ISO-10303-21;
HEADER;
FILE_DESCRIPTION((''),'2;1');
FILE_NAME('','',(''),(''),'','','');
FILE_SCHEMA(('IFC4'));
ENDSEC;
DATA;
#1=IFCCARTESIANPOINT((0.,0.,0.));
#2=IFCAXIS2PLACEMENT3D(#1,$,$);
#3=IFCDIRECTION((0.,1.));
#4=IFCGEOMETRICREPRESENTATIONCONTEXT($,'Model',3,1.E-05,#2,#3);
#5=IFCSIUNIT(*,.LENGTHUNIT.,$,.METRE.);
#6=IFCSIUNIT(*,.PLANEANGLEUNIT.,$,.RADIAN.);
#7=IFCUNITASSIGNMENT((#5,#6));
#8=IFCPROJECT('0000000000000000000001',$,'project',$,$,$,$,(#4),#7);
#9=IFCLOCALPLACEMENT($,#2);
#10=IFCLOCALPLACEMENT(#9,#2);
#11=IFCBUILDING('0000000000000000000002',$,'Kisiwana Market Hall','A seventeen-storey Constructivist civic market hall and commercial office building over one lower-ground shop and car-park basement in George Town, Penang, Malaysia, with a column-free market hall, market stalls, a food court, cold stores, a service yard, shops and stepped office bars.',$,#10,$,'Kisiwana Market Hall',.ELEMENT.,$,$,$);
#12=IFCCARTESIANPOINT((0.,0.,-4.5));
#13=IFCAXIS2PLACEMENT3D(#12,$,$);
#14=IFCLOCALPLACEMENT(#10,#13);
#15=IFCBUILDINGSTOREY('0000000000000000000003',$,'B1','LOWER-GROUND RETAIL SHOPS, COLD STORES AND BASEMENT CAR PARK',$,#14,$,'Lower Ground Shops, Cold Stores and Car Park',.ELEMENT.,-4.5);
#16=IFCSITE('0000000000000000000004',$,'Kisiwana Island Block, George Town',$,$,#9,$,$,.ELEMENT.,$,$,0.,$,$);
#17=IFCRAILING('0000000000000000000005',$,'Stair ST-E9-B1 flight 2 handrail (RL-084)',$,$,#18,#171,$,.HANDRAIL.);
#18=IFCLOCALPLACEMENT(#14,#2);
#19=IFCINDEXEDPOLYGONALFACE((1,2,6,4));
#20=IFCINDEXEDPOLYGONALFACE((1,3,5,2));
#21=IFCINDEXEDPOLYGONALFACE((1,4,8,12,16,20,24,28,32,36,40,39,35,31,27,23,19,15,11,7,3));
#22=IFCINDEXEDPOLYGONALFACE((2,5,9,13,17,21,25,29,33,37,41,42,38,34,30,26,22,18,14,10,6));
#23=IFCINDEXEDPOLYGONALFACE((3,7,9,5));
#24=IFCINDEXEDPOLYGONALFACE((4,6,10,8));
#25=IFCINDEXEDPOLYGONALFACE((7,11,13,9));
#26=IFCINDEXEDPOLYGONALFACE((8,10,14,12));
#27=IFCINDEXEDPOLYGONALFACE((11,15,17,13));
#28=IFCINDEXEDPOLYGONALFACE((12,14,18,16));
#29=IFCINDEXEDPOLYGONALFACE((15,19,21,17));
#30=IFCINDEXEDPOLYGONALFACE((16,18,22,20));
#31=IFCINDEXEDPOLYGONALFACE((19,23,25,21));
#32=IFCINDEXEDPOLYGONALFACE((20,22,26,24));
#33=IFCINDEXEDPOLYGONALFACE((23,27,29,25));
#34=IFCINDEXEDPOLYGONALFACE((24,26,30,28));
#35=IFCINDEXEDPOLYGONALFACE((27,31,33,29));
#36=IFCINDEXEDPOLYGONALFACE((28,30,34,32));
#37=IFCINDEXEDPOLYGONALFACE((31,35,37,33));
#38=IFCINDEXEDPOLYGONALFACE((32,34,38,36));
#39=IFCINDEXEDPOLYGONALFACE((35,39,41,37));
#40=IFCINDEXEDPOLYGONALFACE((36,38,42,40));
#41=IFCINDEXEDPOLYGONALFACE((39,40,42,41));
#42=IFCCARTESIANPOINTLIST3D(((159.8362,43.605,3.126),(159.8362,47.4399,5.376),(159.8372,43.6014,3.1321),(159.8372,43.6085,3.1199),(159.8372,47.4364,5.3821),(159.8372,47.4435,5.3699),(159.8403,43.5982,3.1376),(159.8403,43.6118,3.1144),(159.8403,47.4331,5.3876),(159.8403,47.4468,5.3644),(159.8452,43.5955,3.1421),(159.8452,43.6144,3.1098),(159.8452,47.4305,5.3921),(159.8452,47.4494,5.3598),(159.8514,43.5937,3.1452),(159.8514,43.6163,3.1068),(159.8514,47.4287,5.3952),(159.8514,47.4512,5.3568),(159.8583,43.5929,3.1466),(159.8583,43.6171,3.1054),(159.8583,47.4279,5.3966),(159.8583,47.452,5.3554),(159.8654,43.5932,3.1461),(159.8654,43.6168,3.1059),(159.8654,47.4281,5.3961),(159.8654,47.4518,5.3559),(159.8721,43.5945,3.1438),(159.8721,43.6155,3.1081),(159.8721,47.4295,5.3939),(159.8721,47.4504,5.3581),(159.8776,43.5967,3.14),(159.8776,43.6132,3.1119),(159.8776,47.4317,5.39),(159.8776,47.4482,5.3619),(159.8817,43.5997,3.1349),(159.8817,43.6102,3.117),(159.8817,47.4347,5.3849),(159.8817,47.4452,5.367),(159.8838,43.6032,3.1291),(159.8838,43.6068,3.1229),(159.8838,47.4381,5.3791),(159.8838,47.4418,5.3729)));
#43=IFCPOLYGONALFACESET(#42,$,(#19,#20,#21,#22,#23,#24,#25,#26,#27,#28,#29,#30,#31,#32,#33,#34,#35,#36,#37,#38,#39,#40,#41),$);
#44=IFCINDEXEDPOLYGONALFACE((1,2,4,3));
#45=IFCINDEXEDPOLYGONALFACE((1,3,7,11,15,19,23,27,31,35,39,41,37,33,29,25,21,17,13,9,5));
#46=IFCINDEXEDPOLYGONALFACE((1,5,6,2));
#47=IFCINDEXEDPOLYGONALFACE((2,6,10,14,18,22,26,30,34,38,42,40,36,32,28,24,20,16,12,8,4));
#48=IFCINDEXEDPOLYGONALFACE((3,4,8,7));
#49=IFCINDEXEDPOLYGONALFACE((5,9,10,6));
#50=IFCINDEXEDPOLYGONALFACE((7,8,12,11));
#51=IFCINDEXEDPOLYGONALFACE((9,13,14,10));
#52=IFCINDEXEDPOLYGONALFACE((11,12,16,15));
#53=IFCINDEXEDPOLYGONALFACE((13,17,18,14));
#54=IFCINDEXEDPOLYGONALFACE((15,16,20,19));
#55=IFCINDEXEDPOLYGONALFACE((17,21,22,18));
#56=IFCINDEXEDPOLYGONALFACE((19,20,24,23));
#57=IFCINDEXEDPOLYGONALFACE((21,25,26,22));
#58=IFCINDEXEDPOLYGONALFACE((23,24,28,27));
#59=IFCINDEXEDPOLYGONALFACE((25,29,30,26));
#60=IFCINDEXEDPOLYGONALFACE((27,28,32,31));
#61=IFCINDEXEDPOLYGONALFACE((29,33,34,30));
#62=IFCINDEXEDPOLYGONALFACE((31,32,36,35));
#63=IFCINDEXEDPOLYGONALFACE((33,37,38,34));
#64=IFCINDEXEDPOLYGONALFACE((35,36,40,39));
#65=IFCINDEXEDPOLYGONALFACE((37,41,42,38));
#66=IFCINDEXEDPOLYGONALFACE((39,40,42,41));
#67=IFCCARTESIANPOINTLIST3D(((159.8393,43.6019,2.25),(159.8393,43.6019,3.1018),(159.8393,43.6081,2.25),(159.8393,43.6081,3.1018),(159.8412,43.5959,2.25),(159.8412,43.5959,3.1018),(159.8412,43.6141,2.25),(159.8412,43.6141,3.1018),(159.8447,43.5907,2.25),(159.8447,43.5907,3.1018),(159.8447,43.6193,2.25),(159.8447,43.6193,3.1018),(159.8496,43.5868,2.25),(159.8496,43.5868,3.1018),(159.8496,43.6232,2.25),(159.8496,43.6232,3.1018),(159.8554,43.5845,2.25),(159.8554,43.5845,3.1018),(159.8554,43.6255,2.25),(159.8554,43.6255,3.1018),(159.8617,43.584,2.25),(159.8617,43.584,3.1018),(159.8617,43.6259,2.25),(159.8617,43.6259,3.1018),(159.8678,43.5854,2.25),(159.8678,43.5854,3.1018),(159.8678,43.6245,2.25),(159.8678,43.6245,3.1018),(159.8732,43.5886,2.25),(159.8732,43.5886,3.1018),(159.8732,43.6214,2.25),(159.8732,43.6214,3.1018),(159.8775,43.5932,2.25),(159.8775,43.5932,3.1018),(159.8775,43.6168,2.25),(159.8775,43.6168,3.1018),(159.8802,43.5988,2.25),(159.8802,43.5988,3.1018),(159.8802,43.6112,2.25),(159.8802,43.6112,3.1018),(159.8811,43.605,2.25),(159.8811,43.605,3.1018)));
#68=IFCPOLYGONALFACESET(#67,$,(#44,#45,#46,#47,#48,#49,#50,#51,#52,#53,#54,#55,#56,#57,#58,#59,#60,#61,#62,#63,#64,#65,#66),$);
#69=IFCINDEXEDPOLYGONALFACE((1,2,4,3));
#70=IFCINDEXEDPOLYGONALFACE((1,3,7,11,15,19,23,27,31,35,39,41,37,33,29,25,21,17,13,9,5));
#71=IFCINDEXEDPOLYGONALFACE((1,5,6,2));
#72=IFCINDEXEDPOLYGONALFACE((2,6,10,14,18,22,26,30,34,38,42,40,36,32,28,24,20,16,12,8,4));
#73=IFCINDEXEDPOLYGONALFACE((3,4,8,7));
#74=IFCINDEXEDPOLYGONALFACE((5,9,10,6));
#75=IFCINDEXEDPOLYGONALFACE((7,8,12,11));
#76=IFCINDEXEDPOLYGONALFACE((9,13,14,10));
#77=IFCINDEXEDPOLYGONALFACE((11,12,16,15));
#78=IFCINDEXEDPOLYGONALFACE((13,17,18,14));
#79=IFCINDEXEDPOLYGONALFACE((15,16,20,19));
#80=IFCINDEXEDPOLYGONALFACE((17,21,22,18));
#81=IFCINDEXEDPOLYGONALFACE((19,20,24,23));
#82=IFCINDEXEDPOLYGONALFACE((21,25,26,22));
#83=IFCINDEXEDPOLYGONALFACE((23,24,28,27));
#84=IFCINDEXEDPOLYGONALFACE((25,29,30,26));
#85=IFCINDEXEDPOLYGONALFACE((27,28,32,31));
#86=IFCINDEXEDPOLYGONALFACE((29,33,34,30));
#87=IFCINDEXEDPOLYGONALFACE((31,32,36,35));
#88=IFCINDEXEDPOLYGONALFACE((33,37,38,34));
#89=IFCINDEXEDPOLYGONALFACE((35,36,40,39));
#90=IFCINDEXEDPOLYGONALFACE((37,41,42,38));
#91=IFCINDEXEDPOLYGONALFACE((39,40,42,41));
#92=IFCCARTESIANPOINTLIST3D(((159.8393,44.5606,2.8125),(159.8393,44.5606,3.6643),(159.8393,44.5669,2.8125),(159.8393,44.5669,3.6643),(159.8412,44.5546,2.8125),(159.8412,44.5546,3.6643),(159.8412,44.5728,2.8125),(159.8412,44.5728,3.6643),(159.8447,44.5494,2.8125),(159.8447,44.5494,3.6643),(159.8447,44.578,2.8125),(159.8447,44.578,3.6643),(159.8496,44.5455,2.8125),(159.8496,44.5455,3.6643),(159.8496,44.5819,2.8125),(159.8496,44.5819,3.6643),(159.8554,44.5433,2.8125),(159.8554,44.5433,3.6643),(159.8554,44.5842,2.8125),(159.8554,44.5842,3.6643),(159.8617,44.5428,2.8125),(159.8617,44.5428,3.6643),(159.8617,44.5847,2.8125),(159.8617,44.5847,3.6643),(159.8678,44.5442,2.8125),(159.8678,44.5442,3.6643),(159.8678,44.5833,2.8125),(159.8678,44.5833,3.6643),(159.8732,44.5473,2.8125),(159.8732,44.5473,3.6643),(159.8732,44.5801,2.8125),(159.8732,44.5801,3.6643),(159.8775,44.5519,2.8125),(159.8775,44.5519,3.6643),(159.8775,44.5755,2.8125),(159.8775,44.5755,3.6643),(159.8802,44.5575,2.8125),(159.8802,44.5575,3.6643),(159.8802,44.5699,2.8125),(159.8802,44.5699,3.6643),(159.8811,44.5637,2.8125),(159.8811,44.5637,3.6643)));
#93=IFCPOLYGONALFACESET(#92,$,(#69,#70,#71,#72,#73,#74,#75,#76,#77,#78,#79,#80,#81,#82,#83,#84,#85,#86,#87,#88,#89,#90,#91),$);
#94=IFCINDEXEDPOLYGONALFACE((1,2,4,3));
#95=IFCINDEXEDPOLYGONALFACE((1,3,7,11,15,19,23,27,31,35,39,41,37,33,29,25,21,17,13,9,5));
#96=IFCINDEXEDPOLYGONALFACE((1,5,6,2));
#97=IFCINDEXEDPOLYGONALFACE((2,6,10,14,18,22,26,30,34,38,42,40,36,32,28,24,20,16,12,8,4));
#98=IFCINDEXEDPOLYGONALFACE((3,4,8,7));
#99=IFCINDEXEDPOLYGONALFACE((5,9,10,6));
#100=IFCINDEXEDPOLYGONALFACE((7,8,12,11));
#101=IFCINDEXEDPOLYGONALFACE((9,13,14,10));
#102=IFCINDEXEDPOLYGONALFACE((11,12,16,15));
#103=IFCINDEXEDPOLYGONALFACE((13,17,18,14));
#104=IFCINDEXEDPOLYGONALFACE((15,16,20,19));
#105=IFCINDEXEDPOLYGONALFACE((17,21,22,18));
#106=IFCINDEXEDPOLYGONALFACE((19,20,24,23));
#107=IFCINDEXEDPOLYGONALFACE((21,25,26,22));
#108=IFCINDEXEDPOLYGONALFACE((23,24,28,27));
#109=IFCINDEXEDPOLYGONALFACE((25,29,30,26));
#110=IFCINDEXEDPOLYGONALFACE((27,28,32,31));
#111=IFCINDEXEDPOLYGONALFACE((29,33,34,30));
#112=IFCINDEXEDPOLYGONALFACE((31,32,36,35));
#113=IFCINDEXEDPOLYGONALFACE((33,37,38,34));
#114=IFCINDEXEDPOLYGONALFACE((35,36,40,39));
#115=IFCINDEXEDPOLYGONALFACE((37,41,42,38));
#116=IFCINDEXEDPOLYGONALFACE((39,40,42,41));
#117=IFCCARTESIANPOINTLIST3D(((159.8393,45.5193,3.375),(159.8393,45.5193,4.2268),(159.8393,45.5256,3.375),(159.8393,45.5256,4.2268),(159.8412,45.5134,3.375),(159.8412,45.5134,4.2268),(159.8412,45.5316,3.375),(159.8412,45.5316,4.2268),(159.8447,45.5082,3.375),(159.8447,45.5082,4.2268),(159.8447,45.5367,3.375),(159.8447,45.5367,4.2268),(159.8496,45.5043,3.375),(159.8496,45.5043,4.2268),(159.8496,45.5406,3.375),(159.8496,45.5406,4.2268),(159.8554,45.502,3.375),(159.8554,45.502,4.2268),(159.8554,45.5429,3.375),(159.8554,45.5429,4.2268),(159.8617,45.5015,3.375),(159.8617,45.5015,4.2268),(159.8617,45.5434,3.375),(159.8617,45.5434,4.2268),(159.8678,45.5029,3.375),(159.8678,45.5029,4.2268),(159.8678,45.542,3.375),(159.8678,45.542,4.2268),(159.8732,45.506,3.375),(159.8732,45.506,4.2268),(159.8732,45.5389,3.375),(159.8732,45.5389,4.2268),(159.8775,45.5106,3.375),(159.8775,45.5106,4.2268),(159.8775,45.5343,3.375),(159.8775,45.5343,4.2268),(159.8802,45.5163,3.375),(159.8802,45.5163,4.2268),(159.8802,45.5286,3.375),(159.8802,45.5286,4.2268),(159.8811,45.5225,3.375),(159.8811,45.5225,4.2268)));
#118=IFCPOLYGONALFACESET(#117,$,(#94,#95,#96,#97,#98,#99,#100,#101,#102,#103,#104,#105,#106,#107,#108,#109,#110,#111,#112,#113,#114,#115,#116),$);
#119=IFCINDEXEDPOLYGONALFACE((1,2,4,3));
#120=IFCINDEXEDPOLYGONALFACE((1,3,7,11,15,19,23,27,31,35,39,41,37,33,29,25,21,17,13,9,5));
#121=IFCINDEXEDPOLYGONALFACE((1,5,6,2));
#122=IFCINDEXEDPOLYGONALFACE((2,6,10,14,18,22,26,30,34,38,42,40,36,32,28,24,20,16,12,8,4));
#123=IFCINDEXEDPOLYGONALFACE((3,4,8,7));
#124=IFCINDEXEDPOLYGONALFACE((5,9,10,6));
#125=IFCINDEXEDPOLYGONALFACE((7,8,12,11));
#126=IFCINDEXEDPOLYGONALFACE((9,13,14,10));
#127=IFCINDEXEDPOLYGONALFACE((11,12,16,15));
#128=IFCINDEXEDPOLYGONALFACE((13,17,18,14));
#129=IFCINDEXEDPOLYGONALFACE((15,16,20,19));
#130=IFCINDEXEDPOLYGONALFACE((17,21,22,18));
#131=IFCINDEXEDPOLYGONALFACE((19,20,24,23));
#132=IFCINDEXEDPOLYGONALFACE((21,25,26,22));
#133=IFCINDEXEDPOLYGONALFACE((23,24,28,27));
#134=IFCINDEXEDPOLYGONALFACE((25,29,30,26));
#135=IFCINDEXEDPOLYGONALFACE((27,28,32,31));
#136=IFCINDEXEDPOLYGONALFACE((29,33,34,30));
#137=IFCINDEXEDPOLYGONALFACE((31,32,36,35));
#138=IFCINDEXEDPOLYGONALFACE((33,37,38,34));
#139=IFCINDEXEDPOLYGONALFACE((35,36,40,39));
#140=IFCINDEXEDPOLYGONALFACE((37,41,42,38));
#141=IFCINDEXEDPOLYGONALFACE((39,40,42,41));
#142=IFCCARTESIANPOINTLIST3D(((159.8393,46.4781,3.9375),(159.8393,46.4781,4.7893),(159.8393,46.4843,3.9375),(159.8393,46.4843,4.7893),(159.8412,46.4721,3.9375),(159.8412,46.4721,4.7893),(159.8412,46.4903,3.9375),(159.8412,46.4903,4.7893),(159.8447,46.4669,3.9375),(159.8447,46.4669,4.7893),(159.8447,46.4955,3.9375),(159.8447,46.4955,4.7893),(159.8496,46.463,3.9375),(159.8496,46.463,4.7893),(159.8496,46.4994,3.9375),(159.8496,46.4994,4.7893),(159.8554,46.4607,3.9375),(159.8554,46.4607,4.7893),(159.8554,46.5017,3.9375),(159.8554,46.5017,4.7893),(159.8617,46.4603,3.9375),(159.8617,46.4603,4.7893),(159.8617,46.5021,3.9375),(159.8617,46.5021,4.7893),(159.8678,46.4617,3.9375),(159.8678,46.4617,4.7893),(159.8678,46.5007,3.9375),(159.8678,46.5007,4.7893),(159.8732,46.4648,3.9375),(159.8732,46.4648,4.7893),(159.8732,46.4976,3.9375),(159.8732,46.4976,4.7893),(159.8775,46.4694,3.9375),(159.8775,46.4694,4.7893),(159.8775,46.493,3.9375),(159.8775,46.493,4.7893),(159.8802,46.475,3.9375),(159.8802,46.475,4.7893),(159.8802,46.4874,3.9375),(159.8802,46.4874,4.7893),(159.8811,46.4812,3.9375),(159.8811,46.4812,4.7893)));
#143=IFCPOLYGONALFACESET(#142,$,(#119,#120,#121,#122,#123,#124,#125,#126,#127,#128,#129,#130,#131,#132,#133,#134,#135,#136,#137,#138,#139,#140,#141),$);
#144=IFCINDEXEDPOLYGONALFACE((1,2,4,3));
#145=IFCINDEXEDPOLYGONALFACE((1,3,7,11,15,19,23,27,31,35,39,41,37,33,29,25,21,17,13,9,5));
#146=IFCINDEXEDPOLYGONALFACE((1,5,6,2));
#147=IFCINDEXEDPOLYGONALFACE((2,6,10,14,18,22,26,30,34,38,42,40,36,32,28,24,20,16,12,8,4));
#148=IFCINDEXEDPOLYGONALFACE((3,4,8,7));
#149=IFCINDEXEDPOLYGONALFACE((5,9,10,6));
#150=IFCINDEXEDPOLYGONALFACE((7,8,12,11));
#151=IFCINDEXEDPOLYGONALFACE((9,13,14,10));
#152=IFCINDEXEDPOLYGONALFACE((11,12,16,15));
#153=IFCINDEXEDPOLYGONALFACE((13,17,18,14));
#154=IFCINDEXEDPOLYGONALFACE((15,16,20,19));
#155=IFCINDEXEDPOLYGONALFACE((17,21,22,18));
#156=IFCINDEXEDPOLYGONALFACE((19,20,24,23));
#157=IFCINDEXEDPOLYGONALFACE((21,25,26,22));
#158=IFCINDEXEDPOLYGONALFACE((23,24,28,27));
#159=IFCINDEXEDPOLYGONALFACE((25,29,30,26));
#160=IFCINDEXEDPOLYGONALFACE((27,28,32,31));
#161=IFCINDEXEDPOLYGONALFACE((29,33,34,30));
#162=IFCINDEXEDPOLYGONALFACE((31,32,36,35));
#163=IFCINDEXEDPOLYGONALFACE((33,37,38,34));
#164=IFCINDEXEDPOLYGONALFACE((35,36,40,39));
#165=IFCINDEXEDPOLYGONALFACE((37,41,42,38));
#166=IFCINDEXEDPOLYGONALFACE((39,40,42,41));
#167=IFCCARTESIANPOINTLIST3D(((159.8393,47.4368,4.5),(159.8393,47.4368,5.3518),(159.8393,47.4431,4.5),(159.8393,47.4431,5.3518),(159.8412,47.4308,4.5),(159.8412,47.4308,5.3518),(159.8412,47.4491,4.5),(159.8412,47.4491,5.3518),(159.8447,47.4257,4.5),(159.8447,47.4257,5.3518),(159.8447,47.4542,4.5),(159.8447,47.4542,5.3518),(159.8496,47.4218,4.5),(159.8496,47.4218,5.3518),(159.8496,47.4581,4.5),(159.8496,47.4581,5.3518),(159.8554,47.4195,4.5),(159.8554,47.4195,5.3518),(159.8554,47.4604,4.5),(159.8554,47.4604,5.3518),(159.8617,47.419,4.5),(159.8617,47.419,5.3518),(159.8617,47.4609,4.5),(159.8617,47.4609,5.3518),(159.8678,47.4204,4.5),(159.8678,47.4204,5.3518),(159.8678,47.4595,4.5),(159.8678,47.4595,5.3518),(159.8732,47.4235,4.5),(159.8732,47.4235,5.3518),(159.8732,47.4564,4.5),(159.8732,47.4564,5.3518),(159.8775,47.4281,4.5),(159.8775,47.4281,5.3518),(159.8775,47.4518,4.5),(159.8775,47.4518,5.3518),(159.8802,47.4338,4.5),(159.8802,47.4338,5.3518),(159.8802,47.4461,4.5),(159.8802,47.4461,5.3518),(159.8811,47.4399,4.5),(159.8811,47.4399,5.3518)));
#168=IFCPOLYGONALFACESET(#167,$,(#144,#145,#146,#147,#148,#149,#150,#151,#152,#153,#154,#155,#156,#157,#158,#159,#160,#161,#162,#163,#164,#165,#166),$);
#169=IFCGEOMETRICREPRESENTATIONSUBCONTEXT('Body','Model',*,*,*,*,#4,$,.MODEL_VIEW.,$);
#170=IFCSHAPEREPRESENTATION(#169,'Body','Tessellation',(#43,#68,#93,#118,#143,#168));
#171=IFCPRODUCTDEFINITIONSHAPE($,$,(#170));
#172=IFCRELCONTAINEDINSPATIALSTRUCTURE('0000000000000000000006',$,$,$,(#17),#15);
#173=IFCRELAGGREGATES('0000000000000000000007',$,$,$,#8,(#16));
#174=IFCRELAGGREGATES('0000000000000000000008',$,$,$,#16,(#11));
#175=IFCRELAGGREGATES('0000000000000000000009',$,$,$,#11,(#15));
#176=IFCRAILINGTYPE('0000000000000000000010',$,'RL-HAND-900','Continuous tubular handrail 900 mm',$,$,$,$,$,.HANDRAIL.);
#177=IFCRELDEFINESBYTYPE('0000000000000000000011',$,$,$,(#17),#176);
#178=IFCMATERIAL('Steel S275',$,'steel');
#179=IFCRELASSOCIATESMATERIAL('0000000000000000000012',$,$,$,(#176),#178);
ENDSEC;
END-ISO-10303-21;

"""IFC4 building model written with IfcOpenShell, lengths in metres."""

from ifc_helpers import new_model, si_unit, direction, frame, origin, origin_2d, place, context, subcontext, project, spatial, circle, extrude, material, type_object, element, save


model = new_model("IFC4")

# Units and contexts
model_context = context("Model", 3, precision=1e-05, world=origin(), true_north=direction((0.0, 1.0)))
body_context = subcontext(model_context, "Body", "Model", "MODEL_VIEW")
ifc_project = project(units=[si_unit("LENGTHUNIT", "METRE"), si_unit("PLANEANGLEUNIT", "RADIAN")], contexts=[model_context])

# Site, building, storey
site_placement = place(None, origin())
site = spatial("IfcSite", under=ifc_project, at=site_placement, Name="Kisiwana Island Block, George Town", CompositionType="ELEMENT", RefElevation=0.0)
building_placement = place(site_placement, origin())
building = spatial("IfcBuilding", under=site, at=building_placement, Name="Kisiwana Market Hall", Description="A seventeen-storey Constructivist civic market hall and commercial office building over one lower-ground shop and car-park basement in George Town, Penang, Malaysia, with a column-free market hall, market stalls, a food court, cold stores, a service yard, shops and stepped office bars.", LongName="Kisiwana Market Hall", CompositionType="ELEMENT")
storey_placement = place(building_placement, frame((0.0, 0.0, -4.5)))
storey = spatial("IfcBuildingStorey", under=building, at=storey_placement, Name="B1", Description="LOWER-GROUND RETAIL SHOPS, COLD STORES AND BASEMENT CAR PARK", LongName="Lower Ground Shops, Cold Stores and Car Park", CompositionType="ELEMENT", Elevation=-4.5)

# Railing
ifc_material_1 = material(Name="Steel S275", Category="steel")
railing_type_1 = type_object("IfcRailingType", Name="RL-HAND-900", Description="Continuous tubular handrail 900 mm", PredefinedType="HANDRAIL", material=ifc_material_1)
for number, where, name in (
    (1, (159.8601, 43.605, 2.25), "Stair ST-E9-B1 flight 2 handrail (RL-084)"),
):
    element("IfcRailing", number, at=place(storey_placement, frame(where)), inside=storey, type_object=railing_type_1, Name=name, PredefinedType="HANDRAIL", context=body_context, shape_type="SweptSolid", body=[
        extrude(circle(Radius=0.0239, at=origin_2d()), frame((0.0, 0.0, 0.876), z_axis=(0.0, 0.86251, 0.506041), x_axis=(-1.0, 0.0, 0.0)), (0.0, 0.0, 1.0), 4.4463),
        extrude(circle(Radius=0.021, at=origin_2d()), origin(), (0.0, 0.0, 1.0), 0.8518),
        extrude(circle(Radius=0.021, at=origin_2d()), frame((0.0, 0.9587, 0.5625)), (0.0, 0.0, 1.0), 0.8518),
        extrude(circle(Radius=0.021, at=origin_2d()), frame((0.0, 1.9175, 1.125)), (0.0, 0.0, 1.0), 0.8518),
        extrude(circle(Radius=0.021, at=origin_2d()), frame((0.0, 2.8762, 1.6875)), (0.0, 0.0, 1.0), 0.8518),
        extrude(circle(Radius=0.021, at=origin_2d()), frame((0.0, 3.835, 2.25)), (0.0, 0.0, 1.0), 0.8518),
    ])

save(model, "model.ifc")
